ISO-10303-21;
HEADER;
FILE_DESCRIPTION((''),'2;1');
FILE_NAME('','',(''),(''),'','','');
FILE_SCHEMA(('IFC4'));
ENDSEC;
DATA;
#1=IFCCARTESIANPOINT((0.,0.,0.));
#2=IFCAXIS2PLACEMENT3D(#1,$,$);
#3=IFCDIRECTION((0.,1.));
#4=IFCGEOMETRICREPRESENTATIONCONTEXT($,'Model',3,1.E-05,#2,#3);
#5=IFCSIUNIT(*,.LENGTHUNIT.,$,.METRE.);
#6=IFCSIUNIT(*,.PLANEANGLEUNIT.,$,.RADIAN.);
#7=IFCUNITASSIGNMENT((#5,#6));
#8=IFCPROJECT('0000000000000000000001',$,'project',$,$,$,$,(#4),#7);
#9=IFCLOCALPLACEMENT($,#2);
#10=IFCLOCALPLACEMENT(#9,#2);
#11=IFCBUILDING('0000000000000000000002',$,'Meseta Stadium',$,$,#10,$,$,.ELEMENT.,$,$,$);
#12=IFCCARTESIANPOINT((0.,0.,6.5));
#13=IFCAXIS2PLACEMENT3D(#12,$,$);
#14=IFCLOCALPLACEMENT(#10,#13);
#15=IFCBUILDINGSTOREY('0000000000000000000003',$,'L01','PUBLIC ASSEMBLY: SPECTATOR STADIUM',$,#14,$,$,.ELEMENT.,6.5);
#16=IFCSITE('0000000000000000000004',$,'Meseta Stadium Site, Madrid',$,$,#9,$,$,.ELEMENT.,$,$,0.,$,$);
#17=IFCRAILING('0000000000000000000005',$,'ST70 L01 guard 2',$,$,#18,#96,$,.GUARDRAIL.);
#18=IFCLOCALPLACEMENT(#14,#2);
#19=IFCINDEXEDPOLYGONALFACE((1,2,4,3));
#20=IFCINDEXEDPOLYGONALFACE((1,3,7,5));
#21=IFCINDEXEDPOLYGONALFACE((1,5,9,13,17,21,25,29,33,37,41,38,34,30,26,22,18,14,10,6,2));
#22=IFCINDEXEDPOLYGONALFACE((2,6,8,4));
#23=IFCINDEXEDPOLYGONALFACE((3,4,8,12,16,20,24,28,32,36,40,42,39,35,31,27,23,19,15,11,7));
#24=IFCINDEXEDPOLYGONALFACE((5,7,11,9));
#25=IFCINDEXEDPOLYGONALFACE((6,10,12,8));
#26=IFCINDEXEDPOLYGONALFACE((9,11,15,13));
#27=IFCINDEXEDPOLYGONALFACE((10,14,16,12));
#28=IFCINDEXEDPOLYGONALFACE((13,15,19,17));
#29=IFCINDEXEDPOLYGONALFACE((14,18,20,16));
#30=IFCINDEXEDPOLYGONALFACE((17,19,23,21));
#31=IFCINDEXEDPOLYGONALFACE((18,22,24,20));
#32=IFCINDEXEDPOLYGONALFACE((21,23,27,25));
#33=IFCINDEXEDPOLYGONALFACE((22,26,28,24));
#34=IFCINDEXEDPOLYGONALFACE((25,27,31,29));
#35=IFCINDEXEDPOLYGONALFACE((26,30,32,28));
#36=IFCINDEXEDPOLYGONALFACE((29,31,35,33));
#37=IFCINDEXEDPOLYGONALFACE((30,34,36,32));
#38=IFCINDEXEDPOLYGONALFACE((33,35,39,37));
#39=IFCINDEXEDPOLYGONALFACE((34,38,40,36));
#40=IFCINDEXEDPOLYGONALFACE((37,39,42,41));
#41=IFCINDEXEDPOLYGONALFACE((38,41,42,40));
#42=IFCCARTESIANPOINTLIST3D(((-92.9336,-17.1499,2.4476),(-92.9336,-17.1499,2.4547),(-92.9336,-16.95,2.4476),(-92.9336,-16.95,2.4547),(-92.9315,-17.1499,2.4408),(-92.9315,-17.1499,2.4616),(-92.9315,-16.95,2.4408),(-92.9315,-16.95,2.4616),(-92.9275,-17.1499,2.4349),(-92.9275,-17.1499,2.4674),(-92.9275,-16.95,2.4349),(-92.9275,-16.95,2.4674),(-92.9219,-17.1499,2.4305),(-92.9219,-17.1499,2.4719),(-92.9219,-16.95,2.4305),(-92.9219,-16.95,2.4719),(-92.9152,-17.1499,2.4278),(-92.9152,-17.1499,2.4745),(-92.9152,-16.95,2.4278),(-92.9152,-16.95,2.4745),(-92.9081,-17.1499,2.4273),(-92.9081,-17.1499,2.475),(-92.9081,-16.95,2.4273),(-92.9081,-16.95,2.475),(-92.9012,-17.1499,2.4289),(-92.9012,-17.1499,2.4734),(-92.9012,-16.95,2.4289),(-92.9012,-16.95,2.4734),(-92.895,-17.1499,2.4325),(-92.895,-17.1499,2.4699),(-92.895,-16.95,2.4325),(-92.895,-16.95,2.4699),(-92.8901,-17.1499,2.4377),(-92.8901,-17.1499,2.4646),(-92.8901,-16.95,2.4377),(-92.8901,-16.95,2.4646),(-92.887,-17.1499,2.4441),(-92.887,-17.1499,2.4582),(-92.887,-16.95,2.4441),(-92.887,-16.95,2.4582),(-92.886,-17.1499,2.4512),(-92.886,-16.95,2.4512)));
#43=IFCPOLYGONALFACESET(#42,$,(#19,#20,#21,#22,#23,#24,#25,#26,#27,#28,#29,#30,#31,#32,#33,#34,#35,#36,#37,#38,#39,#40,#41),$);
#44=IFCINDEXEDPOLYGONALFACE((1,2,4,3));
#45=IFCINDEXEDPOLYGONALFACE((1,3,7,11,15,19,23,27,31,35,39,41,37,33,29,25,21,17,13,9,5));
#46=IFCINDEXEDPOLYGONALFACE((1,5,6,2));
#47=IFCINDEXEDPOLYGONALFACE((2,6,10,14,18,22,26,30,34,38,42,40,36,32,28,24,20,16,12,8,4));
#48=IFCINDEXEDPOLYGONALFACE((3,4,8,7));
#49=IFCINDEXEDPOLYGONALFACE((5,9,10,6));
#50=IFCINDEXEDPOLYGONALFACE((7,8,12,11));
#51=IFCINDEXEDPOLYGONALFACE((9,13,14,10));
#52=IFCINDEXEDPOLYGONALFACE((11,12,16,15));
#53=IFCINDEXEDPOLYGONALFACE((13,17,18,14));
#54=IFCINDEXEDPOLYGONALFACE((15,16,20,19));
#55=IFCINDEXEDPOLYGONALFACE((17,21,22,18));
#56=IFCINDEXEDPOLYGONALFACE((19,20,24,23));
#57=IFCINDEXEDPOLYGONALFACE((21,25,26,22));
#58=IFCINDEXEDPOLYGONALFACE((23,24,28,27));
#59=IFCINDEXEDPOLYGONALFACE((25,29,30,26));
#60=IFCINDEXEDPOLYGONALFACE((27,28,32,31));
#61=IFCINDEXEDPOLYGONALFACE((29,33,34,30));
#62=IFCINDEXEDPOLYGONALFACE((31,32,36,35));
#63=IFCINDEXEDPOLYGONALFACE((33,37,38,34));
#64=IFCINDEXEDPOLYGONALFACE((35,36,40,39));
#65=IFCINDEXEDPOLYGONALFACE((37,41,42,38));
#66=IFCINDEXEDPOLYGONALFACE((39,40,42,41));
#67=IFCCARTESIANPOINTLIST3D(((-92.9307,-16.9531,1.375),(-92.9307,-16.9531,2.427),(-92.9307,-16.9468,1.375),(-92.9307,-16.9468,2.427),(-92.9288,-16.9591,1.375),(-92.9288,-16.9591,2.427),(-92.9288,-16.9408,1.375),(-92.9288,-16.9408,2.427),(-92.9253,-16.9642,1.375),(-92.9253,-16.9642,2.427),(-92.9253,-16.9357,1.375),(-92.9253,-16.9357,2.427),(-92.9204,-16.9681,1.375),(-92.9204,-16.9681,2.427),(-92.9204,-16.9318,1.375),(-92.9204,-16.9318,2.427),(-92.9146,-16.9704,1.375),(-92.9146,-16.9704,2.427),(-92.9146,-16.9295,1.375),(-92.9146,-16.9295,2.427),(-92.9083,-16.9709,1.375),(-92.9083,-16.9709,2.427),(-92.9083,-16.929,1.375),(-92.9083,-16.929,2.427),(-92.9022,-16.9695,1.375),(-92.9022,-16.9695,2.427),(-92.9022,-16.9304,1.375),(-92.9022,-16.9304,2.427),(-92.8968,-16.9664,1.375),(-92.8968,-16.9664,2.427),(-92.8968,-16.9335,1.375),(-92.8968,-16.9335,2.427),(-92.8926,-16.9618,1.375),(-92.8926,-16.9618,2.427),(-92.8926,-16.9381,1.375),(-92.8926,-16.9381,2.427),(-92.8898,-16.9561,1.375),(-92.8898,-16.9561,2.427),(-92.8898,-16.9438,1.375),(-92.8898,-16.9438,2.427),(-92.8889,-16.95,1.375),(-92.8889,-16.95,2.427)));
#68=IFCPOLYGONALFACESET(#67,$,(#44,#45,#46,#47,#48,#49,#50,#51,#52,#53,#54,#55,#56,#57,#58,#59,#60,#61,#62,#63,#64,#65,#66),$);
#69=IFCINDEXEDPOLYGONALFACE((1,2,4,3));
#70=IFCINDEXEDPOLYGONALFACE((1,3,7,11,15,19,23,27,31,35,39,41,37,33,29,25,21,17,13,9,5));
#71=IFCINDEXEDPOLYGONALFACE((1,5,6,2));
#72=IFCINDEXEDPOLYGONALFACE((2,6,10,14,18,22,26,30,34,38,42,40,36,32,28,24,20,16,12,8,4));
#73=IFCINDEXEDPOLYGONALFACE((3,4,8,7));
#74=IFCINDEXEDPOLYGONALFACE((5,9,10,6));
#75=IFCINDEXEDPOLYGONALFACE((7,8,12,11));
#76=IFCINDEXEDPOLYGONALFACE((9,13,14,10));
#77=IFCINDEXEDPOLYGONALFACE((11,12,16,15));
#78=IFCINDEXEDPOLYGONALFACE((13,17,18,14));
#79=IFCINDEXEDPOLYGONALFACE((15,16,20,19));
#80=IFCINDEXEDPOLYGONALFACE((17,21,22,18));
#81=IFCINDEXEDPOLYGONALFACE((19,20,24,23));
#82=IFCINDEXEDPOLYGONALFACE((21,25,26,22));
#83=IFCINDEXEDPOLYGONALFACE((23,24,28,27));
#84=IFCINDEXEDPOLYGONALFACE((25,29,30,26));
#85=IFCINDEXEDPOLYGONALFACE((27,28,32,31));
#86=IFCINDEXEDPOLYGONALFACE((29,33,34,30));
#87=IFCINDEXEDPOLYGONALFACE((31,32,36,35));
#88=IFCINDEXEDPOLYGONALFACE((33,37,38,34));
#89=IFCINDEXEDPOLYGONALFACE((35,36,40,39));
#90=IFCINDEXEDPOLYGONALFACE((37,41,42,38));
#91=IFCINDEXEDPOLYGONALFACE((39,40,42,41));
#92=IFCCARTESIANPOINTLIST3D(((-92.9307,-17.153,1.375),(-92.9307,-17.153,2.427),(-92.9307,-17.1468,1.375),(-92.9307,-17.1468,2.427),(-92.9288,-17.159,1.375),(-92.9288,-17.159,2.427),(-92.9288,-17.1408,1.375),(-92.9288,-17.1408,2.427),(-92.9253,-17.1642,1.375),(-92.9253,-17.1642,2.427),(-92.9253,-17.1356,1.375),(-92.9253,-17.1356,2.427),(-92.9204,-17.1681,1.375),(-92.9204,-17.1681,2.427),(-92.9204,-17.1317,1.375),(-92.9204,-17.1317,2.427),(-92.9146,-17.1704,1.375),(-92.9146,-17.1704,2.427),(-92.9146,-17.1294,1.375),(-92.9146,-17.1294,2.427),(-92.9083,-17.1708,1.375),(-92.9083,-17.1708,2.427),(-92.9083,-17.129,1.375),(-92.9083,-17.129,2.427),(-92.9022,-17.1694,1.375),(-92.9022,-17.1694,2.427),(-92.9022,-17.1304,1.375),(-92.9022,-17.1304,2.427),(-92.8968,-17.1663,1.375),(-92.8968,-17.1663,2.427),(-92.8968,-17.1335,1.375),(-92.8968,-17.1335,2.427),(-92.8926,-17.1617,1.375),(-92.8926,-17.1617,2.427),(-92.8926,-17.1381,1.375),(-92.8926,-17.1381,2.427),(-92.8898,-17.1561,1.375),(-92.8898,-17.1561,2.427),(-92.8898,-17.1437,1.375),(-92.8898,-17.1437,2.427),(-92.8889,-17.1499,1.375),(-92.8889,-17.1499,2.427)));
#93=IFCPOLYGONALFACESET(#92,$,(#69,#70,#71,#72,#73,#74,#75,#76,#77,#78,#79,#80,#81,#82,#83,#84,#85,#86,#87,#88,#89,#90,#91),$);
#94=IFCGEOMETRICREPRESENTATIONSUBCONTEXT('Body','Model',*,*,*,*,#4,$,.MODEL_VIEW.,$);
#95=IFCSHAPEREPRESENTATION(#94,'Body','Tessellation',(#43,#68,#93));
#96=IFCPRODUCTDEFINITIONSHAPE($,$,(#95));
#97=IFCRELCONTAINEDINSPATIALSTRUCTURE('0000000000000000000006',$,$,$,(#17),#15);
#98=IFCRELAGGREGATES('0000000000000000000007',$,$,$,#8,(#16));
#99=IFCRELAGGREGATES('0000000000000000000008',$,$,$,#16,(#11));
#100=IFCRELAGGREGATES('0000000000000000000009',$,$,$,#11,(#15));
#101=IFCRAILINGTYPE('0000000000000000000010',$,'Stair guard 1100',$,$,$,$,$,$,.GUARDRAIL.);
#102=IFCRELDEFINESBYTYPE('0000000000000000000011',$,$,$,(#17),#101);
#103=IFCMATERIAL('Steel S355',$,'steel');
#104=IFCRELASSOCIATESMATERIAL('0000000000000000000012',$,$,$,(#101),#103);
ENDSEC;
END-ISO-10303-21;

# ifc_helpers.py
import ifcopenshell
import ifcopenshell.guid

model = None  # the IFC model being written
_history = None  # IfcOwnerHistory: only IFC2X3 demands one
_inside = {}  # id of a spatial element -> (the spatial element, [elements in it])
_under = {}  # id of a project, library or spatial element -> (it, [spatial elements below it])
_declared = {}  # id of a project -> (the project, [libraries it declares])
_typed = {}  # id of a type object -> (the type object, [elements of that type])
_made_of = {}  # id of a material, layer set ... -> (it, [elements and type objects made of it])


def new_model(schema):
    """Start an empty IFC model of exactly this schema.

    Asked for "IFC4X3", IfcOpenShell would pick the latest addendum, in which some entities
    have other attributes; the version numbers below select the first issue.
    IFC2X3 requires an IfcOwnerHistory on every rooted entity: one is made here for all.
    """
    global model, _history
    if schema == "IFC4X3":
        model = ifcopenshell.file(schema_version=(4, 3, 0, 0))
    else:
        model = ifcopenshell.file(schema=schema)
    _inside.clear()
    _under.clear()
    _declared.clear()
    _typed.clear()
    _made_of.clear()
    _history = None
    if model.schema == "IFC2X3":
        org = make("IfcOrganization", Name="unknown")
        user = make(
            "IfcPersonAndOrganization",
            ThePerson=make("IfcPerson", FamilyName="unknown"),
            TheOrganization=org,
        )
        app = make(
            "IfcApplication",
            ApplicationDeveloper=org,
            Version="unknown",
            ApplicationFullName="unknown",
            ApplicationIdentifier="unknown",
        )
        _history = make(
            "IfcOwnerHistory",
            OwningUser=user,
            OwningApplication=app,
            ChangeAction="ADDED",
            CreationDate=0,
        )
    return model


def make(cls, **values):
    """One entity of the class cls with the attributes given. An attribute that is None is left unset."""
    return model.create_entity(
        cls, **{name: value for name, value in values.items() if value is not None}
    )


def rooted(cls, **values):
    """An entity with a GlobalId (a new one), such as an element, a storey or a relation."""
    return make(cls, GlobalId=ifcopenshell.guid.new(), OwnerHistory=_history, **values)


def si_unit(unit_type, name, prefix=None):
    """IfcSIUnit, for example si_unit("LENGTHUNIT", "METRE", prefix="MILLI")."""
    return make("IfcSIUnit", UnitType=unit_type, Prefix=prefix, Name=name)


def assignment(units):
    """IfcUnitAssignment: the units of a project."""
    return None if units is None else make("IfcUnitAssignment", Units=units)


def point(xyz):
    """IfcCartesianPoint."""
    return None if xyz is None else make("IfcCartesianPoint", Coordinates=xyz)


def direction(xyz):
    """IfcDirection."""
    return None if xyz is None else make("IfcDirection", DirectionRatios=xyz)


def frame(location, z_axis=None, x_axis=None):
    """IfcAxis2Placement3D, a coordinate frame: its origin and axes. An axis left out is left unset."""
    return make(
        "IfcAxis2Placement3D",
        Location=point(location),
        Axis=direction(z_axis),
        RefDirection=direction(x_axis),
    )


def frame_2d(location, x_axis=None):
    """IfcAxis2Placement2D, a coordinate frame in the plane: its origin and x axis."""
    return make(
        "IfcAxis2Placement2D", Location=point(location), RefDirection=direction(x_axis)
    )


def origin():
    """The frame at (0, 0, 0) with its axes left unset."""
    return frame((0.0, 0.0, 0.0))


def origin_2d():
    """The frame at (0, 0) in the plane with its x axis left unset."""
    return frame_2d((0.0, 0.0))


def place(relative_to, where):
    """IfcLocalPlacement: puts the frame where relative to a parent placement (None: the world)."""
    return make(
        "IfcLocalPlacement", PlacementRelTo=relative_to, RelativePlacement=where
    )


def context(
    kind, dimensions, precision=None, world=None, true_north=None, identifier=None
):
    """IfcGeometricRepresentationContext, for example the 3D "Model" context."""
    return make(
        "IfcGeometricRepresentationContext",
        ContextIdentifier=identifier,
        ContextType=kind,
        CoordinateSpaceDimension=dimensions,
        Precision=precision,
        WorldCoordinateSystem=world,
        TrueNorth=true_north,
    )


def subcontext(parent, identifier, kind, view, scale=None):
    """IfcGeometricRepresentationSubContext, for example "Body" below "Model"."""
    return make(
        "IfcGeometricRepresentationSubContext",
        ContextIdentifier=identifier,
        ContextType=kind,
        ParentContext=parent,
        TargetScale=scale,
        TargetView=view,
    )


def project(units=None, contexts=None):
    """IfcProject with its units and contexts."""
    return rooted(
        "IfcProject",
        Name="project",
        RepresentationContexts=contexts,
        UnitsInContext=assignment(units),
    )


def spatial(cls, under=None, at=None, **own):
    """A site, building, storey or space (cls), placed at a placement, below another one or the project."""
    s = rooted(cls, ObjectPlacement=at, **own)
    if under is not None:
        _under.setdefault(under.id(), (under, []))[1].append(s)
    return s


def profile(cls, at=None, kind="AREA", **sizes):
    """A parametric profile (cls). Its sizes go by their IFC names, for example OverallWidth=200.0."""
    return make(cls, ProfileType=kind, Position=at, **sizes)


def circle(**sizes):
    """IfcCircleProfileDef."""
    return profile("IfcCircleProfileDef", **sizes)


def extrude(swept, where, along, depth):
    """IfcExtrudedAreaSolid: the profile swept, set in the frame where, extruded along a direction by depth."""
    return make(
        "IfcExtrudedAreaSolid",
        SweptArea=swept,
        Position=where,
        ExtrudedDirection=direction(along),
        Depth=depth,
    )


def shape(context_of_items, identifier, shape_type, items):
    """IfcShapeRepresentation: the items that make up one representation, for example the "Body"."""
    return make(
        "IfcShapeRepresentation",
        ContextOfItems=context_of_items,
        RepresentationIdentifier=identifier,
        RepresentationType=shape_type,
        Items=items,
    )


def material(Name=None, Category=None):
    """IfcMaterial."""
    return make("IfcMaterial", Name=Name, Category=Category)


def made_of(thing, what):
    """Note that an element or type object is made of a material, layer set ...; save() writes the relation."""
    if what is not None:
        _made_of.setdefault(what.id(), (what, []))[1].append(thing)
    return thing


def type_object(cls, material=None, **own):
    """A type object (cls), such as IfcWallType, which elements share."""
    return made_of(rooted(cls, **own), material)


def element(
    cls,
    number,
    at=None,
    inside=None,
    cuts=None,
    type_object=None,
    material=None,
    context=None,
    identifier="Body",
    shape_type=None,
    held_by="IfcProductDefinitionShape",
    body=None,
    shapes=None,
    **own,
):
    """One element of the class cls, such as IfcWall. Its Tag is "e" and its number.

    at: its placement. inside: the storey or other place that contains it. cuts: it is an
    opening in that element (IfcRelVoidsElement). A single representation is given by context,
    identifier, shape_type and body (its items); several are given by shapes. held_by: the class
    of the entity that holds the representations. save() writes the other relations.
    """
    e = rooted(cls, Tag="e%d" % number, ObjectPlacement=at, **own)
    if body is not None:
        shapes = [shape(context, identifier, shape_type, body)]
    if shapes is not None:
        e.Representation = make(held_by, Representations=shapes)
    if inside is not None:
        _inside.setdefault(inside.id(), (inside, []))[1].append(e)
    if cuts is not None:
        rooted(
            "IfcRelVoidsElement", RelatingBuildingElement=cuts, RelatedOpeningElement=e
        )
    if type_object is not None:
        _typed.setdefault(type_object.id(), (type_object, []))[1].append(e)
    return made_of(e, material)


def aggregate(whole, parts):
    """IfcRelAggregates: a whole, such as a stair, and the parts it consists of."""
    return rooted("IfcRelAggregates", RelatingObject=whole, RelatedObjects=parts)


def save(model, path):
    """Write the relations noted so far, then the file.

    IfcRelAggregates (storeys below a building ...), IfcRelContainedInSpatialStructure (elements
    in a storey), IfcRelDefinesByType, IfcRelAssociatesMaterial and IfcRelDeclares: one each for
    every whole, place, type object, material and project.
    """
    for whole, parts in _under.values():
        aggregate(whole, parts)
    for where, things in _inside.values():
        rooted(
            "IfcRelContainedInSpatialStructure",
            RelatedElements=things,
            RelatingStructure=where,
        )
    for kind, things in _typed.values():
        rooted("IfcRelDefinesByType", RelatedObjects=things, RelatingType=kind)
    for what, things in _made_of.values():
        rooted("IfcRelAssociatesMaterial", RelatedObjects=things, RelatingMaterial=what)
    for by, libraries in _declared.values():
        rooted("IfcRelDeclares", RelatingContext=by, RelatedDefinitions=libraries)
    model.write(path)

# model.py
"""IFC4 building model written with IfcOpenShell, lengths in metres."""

from ifc_helpers import new_model, si_unit, direction, frame, origin, origin_2d, place, context, subcontext, project, spatial, circle, extrude, material, type_object, element, save


model = new_model("IFC4")

# Units and contexts
model_context = context("Model", 3, precision=1e-05, world=origin(), true_north=direction((0.0, 1.0)))
body_context = subcontext(model_context, "Body", "Model", "MODEL_VIEW")
ifc_project = project(units=[si_unit("LENGTHUNIT", "METRE"), si_unit("PLANEANGLEUNIT", "RADIAN")], contexts=[model_context])

# Site, building, storey
site_placement = place(None, origin())
site = spatial("IfcSite", under=ifc_project, at=site_placement, Name="Meseta Stadium Site, Madrid", CompositionType="ELEMENT", RefElevation=0.0)
building_placement = place(site_placement, origin())
building = spatial("IfcBuilding", under=site, at=building_placement, Name="Meseta Stadium", CompositionType="ELEMENT")
storey_placement = place(building_placement, frame((0.0, 0.0, 6.5)))
storey = spatial("IfcBuildingStorey", under=building, at=storey_placement, Name="L01", Description="PUBLIC ASSEMBLY: SPECTATOR STADIUM", CompositionType="ELEMENT", Elevation=6.5)

# Railing
ifc_material_1 = material(Name="Steel S355", Category="steel")
railing_type_1 = type_object("IfcRailingType", Name="Stair guard 1100", PredefinedType="GUARDRAIL", material=ifc_material_1)
railing_1_placement = place(storey_placement, frame((-92.9099, -16.95, 1.375)))
element("IfcRailing", 1, at=railing_1_placement, inside=storey, type_object=railing_type_1, Name="ST70 L01 guard 2", PredefinedType="GUARDRAIL", context=body_context, shape_type="SweptSolid", body=[
    extrude(circle(Radius=0.0239, at=origin_2d()), frame((0.0, 0.0, 1.0762), z_axis=(0.0, -1.0, 0.0), x_axis=(1.0, 0.0, 0.0)), (0.0, 0.0, 1.0), 0.2),
    extrude(circle(Radius=0.021, at=origin_2d()), origin(), (0.0, 0.0, 1.0), 1.052),
    extrude(circle(Radius=0.021, at=origin_2d()), frame((0.0, -0.2, 0.0)), (0.0, 0.0, 1.0), 1.052),
])

save(model, "model.ifc")
